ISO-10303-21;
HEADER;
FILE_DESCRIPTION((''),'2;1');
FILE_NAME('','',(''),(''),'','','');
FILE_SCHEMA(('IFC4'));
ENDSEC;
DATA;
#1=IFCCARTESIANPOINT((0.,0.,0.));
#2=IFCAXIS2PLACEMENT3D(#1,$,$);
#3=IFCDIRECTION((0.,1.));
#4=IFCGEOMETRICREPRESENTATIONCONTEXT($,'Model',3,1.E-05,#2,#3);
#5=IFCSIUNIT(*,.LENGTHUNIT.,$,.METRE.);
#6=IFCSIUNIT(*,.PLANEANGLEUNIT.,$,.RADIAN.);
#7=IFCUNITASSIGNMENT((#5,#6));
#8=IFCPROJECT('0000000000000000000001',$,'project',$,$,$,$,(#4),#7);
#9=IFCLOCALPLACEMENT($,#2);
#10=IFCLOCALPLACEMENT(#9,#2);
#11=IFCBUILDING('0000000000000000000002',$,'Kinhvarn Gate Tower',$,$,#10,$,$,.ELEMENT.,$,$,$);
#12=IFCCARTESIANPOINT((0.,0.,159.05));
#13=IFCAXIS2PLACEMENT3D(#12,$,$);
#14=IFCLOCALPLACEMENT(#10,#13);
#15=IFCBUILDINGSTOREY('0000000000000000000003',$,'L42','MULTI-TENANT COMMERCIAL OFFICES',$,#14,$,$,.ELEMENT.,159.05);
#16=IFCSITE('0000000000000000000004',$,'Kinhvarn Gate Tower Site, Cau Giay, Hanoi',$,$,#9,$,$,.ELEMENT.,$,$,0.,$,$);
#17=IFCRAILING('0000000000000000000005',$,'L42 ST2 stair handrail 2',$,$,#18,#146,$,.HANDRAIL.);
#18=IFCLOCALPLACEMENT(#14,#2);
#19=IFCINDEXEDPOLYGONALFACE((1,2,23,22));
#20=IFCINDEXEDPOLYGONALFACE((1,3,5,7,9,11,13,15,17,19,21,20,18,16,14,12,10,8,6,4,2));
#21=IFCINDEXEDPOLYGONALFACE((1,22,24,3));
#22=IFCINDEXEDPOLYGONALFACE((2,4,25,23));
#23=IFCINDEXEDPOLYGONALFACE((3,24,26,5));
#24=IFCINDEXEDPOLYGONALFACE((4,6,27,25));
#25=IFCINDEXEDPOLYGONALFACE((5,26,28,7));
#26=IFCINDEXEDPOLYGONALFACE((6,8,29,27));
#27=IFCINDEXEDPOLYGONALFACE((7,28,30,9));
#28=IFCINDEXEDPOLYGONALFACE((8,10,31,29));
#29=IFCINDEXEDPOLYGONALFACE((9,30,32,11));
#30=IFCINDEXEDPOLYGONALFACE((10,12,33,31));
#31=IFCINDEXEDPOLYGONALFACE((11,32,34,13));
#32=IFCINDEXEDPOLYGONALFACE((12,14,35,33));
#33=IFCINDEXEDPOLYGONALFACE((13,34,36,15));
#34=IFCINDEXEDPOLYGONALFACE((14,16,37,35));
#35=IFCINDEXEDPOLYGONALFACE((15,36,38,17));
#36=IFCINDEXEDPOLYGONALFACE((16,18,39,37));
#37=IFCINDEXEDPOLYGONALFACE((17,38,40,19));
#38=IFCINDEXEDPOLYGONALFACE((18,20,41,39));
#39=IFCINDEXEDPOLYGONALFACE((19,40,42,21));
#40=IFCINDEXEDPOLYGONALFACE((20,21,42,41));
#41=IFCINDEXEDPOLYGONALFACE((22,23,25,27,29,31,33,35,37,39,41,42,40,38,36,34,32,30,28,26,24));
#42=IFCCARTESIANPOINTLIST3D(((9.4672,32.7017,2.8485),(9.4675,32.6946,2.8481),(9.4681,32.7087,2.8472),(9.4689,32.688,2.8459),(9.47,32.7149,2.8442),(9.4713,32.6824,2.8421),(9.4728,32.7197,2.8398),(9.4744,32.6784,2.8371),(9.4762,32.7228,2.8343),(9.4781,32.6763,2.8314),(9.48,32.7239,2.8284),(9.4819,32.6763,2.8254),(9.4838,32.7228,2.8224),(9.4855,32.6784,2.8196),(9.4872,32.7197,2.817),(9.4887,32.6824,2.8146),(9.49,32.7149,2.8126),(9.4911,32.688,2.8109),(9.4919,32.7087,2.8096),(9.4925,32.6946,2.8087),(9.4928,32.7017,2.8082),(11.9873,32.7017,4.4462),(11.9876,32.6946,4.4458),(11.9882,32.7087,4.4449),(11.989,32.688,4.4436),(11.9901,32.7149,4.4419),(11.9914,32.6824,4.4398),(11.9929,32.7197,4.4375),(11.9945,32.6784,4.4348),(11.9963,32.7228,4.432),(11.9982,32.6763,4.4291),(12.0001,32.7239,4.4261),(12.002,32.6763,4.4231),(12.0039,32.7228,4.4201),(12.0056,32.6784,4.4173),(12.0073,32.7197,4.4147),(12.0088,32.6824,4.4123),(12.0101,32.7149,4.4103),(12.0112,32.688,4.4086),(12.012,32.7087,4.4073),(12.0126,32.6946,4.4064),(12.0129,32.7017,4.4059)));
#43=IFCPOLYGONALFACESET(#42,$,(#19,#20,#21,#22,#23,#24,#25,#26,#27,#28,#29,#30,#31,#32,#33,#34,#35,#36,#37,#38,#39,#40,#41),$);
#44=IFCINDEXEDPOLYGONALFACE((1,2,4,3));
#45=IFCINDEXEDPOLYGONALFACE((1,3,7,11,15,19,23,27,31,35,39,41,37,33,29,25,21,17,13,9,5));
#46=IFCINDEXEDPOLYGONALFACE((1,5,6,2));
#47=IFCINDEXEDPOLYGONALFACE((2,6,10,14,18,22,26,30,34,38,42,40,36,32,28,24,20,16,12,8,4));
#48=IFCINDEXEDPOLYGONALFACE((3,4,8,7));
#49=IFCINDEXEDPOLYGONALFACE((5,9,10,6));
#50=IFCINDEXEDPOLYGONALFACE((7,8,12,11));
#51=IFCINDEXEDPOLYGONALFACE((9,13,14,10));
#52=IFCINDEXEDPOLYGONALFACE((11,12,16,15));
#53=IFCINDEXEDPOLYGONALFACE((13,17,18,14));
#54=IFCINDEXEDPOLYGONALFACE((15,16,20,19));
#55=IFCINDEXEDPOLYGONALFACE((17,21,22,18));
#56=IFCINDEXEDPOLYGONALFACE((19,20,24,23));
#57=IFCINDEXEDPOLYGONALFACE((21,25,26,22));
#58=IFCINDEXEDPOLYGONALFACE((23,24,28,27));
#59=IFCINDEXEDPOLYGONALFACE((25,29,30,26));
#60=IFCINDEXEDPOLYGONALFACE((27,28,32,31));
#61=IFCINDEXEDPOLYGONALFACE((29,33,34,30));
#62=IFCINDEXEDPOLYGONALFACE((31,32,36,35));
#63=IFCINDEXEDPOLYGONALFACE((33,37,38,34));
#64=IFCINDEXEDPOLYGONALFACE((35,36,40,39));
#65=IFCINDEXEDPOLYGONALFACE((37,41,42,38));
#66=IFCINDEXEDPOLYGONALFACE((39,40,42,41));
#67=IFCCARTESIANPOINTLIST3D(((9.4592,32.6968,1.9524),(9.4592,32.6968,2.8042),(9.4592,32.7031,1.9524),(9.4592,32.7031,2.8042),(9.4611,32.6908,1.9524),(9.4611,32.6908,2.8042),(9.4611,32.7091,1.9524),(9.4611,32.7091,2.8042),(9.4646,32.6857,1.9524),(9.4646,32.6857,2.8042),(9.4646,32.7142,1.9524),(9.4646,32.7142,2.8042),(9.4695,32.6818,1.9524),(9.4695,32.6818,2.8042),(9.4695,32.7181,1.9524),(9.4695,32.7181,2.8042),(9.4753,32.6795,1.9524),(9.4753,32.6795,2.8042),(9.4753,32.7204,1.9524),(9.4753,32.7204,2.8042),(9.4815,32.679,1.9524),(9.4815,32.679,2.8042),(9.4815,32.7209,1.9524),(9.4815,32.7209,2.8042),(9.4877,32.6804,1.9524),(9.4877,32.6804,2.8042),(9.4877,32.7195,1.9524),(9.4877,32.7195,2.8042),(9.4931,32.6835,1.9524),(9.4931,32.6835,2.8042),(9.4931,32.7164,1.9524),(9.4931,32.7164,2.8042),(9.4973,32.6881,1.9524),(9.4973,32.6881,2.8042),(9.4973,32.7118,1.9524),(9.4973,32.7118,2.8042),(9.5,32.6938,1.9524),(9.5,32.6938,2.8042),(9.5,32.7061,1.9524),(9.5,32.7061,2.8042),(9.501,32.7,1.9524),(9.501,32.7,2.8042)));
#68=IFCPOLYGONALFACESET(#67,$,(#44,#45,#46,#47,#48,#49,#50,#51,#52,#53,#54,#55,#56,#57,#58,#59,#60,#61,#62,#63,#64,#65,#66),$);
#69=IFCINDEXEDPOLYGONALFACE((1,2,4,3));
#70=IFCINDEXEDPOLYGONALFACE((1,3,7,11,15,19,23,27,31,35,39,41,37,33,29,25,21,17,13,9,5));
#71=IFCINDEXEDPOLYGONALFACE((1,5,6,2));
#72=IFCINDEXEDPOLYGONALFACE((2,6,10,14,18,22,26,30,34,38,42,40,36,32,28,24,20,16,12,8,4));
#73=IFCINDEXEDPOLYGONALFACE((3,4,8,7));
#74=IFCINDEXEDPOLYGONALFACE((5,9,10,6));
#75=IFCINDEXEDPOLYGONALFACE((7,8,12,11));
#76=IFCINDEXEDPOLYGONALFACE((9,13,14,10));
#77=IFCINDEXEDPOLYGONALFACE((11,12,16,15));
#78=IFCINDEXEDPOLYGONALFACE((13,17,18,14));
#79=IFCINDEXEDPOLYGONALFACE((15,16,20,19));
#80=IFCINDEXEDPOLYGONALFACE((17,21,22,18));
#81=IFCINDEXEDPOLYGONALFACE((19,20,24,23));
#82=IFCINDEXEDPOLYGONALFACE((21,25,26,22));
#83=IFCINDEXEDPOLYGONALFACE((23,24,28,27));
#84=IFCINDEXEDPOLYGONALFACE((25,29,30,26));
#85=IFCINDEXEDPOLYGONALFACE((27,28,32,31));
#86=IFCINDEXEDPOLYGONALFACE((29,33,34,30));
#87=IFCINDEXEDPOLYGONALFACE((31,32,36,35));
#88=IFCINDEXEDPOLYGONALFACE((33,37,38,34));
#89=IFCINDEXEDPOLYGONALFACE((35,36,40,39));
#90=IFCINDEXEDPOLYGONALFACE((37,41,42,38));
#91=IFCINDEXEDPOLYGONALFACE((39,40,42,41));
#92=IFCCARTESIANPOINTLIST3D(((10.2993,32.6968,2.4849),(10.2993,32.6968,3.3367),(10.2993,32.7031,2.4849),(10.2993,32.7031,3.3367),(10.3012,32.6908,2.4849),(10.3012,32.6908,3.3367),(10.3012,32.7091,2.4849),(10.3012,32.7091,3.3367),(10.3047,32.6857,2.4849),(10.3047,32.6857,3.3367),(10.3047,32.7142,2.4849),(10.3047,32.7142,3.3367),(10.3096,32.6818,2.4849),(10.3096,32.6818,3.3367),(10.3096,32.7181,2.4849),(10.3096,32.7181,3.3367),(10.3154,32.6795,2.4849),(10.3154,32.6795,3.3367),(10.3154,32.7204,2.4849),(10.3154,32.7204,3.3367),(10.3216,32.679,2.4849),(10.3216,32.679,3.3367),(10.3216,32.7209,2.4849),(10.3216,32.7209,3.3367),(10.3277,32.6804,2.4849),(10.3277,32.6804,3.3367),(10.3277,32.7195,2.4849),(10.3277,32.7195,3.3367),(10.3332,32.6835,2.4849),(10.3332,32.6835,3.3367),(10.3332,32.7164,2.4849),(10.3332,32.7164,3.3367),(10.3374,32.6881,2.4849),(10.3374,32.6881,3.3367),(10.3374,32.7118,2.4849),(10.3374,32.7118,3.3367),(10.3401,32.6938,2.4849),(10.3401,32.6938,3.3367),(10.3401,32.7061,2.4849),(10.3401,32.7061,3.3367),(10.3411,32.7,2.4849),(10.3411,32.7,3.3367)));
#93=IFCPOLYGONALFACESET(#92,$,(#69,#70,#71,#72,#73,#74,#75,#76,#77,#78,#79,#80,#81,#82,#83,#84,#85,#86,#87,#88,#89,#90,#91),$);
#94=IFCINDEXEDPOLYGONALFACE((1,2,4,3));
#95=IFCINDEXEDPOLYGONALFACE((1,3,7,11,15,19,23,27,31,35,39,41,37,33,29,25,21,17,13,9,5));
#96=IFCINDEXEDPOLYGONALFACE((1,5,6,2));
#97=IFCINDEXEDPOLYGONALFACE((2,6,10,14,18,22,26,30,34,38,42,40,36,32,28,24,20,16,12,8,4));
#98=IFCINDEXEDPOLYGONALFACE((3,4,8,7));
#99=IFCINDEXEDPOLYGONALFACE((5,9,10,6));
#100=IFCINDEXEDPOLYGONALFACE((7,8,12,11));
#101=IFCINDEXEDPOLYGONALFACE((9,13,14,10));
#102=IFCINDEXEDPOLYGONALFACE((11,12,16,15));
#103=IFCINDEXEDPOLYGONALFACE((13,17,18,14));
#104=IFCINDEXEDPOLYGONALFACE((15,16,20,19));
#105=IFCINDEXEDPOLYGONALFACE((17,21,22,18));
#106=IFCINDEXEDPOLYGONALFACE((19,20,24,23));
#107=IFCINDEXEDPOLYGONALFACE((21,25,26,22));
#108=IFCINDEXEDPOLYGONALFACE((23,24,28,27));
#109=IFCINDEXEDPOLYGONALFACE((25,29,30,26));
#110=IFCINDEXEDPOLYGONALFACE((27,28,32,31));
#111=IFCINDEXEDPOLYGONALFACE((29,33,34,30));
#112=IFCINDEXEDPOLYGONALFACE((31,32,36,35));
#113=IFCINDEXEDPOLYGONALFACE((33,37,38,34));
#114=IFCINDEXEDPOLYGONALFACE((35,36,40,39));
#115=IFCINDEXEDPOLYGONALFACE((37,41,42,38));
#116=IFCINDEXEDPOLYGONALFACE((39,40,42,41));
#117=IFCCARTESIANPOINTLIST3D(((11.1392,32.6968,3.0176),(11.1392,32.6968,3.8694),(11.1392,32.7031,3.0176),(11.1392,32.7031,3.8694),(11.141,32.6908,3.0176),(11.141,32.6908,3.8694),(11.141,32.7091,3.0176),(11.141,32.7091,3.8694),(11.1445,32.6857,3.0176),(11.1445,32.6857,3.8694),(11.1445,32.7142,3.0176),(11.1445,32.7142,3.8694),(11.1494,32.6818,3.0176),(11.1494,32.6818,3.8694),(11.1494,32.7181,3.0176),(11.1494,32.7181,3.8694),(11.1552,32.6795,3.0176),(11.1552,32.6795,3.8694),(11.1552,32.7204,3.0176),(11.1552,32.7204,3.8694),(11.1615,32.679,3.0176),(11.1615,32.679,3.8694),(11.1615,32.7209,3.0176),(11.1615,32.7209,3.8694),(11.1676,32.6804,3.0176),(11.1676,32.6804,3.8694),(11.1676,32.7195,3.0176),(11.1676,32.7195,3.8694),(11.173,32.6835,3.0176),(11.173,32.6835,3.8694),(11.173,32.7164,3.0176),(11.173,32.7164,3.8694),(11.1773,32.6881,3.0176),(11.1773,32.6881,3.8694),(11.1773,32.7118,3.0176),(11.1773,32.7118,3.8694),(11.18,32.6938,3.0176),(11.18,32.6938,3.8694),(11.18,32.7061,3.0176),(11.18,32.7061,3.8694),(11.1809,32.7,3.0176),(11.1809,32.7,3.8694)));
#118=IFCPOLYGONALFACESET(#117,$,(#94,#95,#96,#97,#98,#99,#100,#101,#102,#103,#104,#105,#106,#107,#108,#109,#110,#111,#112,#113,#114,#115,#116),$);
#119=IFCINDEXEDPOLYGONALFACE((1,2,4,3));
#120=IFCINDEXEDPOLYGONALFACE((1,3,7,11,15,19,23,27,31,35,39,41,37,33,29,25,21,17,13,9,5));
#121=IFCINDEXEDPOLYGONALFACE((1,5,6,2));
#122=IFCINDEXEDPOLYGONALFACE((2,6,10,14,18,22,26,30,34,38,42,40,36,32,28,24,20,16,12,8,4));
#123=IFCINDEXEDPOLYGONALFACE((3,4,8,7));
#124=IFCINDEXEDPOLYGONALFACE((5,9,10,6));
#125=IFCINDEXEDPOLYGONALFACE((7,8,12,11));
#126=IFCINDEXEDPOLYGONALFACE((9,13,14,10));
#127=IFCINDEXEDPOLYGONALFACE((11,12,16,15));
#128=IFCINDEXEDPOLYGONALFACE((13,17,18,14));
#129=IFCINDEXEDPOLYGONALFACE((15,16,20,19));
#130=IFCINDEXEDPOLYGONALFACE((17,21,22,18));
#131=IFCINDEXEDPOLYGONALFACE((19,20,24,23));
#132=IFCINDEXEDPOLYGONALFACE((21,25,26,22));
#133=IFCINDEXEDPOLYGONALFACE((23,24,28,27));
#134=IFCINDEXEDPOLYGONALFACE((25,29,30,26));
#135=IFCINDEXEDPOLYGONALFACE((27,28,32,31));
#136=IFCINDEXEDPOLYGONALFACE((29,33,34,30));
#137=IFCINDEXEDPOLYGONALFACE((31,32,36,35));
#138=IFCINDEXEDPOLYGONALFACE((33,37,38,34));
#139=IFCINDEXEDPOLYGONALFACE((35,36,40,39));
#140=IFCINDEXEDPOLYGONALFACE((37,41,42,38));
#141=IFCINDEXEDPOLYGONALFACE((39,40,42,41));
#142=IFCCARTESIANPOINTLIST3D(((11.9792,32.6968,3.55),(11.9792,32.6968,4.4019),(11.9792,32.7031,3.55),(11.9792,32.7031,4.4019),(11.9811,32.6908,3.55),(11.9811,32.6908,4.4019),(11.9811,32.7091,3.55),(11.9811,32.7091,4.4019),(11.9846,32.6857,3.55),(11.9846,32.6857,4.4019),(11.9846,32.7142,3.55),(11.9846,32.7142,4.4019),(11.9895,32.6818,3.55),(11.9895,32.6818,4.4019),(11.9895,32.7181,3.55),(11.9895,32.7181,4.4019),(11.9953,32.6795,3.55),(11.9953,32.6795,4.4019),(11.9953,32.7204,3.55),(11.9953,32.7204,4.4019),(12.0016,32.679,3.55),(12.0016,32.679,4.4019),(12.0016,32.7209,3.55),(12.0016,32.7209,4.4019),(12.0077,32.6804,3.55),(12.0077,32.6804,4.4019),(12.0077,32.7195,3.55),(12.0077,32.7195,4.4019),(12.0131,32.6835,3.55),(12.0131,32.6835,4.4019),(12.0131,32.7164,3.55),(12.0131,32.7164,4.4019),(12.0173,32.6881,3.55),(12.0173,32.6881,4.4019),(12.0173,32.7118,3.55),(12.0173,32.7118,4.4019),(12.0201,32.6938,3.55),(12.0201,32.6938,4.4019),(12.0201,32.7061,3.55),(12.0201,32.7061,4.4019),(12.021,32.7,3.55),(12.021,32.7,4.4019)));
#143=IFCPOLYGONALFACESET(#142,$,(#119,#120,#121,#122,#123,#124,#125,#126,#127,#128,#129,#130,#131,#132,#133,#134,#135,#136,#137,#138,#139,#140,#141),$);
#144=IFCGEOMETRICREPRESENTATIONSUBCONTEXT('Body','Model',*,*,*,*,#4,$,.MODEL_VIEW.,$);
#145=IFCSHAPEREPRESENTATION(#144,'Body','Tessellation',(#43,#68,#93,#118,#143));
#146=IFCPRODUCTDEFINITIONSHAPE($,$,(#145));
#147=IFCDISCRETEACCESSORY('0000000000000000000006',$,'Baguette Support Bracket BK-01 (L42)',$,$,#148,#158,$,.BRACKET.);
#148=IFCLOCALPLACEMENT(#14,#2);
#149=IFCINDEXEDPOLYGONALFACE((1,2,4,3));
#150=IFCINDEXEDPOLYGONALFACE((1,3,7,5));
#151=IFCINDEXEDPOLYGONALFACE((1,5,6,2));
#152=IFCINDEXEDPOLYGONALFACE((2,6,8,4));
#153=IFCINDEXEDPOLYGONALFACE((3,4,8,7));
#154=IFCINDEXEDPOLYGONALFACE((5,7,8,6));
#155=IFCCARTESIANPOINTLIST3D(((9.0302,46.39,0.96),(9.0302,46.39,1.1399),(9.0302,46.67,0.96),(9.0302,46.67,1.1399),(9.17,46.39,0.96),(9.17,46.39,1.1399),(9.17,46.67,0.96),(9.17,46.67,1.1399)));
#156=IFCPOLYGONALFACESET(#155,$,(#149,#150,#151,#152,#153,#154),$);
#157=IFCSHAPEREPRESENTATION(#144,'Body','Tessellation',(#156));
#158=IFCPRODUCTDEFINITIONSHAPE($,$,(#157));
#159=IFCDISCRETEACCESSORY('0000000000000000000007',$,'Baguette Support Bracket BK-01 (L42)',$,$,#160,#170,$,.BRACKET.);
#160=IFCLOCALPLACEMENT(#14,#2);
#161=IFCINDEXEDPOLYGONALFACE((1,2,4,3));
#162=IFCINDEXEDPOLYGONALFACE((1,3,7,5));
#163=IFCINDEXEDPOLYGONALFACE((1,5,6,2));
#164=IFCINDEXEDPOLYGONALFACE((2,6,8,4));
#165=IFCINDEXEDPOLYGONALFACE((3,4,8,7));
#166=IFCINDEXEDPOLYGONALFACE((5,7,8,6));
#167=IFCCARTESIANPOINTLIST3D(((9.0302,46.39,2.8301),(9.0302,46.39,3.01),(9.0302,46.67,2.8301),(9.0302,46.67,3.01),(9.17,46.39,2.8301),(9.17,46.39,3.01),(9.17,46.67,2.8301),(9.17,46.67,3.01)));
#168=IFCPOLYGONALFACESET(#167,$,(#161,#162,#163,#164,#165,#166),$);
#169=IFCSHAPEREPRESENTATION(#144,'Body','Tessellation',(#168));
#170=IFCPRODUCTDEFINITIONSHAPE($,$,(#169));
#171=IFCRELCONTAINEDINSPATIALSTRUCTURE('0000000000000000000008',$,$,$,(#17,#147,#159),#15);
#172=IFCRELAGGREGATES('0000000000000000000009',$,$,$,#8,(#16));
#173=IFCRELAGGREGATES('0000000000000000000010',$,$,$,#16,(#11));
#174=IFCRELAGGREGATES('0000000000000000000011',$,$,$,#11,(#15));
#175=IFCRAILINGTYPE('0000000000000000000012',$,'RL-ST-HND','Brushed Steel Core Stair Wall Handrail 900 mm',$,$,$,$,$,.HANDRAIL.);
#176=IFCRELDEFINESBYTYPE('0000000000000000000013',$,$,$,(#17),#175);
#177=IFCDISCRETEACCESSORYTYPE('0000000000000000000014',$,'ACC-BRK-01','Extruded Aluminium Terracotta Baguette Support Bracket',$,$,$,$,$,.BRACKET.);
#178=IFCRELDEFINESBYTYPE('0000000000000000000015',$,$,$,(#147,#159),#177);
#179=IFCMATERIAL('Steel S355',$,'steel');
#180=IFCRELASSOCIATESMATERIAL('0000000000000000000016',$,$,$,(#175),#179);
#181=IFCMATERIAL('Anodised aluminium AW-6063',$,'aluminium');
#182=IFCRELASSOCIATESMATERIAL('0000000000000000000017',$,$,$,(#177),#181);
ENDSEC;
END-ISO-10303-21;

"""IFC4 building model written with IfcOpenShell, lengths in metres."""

from ifc_helpers import new_model, si_unit, direction, frame, origin, origin_2d, place, context, subcontext, project, spatial, rectangle, circle, extrude, material, type_object, element, save


model = new_model("IFC4")

# Units and contexts
model_context = context("Model", 3, precision=1e-05, world=origin(), true_north=direction((0.0, 1.0)))
body_context = subcontext(model_context, "Body", "Model", "MODEL_VIEW")
ifc_project = project(units=[si_unit("LENGTHUNIT", "METRE"), si_unit("PLANEANGLEUNIT", "RADIAN")], contexts=[model_context])

# Site, building, storey
site_placement = place(None, origin())
site = spatial("IfcSite", under=ifc_project, at=site_placement, Name="Kinhvarn Gate Tower Site, Cau Giay, Hanoi", CompositionType="ELEMENT", RefElevation=0.0)
building_placement = place(site_placement, origin())
building = spatial("IfcBuilding", under=site, at=building_placement, Name="Kinhvarn Gate Tower", CompositionType="ELEMENT")
storey_placement = place(building_placement, frame((0.0, 0.0, 159.05)))
storey = spatial("IfcBuildingStorey", under=building, at=storey_placement, Name="L42", Description="MULTI-TENANT COMMERCIAL OFFICES", CompositionType="ELEMENT", Elevation=159.05)

# Shared definitions
ifc_material_1 = material(Name="Anodised aluminium AW-6063", Category="aluminium")

# Shared definitions
ifc_material_2 = material(Name="Steel S355", Category="steel")

# Railing
railing_type_1 = type_object("IfcRailingType", Name="RL-ST-HND", Description="Brushed Steel Core Stair Wall Handrail 900 mm", PredefinedType="HANDRAIL", material=ifc_material_2)
railing_1_placement = place(storey_placement, frame((9.48, 32.7, 1.9524)))
element("IfcRailing", 1, at=railing_1_placement, inside=storey, type_object=railing_type_1, Name="L42 ST2 stair handrail 2", PredefinedType="HANDRAIL", context=body_context, shape_type="SweptSolid", body=[
    extrude(circle(Radius=0.0239, at=origin_2d()), frame((0.0, 0.0, 0.876), z_axis=(0.84457, 0.0, 0.535445), x_axis=(0.0, 1.0, 0.0)), (0.0, 0.0, 1.0), 2.9839),
    extrude(circle(Radius=0.021, at=origin_2d()), origin(), (0.0, 0.0, 1.0), 0.8518),
    extrude(circle(Radius=0.021, at=origin_2d()), frame((0.8401, 0.0, 0.5325)), (0.0, 0.0, 1.0), 0.8518),
    extrude(circle(Radius=0.021, at=origin_2d()), frame((1.6799, 0.0, 1.0652)), (0.0, 0.0, 1.0), 0.8518),
    extrude(circle(Radius=0.021, at=origin_2d()), frame((2.52, 0.0, 1.5977)), (0.0, 0.0, 1.0), 0.8518),
])

# Discrete accessories
discrete_accessory_type = type_object("IfcDiscreteAccessoryType", Name="ACC-BRK-01", Description="Extruded Aluminium Terracotta Baguette Support Bracket", PredefinedType="BRACKET", material=ifc_material_1)
for number, where, z_axis, x_axis, name in (
    (2, (9.1001, 46.53, 0.96), (0.0, 0.0, 1.0), (-1.0, 0.0, 0.0), "Baguette Support Bracket BK-01 (L42)"),
    (3, (9.1001, 46.53, 2.8301), (0.0, 0.0, 1.0), (-1.0, 0.0, 0.0), "Baguette Support Bracket BK-01 (L42)"),
):
    element("IfcDiscreteAccessory", number, at=place(storey_placement, frame(where, z_axis=z_axis, x_axis=x_axis)), inside=storey, type_object=discrete_accessory_type, Name=name, PredefinedType="BRACKET", context=body_context, shape_type="SweptSolid", body=[
        extrude(rectangle(XDim=0.1399, YDim=0.28, at=origin_2d()), origin(), (0.0, 0.0, 1.0), 0.1799),
    ])

save(model, "model.ifc")
